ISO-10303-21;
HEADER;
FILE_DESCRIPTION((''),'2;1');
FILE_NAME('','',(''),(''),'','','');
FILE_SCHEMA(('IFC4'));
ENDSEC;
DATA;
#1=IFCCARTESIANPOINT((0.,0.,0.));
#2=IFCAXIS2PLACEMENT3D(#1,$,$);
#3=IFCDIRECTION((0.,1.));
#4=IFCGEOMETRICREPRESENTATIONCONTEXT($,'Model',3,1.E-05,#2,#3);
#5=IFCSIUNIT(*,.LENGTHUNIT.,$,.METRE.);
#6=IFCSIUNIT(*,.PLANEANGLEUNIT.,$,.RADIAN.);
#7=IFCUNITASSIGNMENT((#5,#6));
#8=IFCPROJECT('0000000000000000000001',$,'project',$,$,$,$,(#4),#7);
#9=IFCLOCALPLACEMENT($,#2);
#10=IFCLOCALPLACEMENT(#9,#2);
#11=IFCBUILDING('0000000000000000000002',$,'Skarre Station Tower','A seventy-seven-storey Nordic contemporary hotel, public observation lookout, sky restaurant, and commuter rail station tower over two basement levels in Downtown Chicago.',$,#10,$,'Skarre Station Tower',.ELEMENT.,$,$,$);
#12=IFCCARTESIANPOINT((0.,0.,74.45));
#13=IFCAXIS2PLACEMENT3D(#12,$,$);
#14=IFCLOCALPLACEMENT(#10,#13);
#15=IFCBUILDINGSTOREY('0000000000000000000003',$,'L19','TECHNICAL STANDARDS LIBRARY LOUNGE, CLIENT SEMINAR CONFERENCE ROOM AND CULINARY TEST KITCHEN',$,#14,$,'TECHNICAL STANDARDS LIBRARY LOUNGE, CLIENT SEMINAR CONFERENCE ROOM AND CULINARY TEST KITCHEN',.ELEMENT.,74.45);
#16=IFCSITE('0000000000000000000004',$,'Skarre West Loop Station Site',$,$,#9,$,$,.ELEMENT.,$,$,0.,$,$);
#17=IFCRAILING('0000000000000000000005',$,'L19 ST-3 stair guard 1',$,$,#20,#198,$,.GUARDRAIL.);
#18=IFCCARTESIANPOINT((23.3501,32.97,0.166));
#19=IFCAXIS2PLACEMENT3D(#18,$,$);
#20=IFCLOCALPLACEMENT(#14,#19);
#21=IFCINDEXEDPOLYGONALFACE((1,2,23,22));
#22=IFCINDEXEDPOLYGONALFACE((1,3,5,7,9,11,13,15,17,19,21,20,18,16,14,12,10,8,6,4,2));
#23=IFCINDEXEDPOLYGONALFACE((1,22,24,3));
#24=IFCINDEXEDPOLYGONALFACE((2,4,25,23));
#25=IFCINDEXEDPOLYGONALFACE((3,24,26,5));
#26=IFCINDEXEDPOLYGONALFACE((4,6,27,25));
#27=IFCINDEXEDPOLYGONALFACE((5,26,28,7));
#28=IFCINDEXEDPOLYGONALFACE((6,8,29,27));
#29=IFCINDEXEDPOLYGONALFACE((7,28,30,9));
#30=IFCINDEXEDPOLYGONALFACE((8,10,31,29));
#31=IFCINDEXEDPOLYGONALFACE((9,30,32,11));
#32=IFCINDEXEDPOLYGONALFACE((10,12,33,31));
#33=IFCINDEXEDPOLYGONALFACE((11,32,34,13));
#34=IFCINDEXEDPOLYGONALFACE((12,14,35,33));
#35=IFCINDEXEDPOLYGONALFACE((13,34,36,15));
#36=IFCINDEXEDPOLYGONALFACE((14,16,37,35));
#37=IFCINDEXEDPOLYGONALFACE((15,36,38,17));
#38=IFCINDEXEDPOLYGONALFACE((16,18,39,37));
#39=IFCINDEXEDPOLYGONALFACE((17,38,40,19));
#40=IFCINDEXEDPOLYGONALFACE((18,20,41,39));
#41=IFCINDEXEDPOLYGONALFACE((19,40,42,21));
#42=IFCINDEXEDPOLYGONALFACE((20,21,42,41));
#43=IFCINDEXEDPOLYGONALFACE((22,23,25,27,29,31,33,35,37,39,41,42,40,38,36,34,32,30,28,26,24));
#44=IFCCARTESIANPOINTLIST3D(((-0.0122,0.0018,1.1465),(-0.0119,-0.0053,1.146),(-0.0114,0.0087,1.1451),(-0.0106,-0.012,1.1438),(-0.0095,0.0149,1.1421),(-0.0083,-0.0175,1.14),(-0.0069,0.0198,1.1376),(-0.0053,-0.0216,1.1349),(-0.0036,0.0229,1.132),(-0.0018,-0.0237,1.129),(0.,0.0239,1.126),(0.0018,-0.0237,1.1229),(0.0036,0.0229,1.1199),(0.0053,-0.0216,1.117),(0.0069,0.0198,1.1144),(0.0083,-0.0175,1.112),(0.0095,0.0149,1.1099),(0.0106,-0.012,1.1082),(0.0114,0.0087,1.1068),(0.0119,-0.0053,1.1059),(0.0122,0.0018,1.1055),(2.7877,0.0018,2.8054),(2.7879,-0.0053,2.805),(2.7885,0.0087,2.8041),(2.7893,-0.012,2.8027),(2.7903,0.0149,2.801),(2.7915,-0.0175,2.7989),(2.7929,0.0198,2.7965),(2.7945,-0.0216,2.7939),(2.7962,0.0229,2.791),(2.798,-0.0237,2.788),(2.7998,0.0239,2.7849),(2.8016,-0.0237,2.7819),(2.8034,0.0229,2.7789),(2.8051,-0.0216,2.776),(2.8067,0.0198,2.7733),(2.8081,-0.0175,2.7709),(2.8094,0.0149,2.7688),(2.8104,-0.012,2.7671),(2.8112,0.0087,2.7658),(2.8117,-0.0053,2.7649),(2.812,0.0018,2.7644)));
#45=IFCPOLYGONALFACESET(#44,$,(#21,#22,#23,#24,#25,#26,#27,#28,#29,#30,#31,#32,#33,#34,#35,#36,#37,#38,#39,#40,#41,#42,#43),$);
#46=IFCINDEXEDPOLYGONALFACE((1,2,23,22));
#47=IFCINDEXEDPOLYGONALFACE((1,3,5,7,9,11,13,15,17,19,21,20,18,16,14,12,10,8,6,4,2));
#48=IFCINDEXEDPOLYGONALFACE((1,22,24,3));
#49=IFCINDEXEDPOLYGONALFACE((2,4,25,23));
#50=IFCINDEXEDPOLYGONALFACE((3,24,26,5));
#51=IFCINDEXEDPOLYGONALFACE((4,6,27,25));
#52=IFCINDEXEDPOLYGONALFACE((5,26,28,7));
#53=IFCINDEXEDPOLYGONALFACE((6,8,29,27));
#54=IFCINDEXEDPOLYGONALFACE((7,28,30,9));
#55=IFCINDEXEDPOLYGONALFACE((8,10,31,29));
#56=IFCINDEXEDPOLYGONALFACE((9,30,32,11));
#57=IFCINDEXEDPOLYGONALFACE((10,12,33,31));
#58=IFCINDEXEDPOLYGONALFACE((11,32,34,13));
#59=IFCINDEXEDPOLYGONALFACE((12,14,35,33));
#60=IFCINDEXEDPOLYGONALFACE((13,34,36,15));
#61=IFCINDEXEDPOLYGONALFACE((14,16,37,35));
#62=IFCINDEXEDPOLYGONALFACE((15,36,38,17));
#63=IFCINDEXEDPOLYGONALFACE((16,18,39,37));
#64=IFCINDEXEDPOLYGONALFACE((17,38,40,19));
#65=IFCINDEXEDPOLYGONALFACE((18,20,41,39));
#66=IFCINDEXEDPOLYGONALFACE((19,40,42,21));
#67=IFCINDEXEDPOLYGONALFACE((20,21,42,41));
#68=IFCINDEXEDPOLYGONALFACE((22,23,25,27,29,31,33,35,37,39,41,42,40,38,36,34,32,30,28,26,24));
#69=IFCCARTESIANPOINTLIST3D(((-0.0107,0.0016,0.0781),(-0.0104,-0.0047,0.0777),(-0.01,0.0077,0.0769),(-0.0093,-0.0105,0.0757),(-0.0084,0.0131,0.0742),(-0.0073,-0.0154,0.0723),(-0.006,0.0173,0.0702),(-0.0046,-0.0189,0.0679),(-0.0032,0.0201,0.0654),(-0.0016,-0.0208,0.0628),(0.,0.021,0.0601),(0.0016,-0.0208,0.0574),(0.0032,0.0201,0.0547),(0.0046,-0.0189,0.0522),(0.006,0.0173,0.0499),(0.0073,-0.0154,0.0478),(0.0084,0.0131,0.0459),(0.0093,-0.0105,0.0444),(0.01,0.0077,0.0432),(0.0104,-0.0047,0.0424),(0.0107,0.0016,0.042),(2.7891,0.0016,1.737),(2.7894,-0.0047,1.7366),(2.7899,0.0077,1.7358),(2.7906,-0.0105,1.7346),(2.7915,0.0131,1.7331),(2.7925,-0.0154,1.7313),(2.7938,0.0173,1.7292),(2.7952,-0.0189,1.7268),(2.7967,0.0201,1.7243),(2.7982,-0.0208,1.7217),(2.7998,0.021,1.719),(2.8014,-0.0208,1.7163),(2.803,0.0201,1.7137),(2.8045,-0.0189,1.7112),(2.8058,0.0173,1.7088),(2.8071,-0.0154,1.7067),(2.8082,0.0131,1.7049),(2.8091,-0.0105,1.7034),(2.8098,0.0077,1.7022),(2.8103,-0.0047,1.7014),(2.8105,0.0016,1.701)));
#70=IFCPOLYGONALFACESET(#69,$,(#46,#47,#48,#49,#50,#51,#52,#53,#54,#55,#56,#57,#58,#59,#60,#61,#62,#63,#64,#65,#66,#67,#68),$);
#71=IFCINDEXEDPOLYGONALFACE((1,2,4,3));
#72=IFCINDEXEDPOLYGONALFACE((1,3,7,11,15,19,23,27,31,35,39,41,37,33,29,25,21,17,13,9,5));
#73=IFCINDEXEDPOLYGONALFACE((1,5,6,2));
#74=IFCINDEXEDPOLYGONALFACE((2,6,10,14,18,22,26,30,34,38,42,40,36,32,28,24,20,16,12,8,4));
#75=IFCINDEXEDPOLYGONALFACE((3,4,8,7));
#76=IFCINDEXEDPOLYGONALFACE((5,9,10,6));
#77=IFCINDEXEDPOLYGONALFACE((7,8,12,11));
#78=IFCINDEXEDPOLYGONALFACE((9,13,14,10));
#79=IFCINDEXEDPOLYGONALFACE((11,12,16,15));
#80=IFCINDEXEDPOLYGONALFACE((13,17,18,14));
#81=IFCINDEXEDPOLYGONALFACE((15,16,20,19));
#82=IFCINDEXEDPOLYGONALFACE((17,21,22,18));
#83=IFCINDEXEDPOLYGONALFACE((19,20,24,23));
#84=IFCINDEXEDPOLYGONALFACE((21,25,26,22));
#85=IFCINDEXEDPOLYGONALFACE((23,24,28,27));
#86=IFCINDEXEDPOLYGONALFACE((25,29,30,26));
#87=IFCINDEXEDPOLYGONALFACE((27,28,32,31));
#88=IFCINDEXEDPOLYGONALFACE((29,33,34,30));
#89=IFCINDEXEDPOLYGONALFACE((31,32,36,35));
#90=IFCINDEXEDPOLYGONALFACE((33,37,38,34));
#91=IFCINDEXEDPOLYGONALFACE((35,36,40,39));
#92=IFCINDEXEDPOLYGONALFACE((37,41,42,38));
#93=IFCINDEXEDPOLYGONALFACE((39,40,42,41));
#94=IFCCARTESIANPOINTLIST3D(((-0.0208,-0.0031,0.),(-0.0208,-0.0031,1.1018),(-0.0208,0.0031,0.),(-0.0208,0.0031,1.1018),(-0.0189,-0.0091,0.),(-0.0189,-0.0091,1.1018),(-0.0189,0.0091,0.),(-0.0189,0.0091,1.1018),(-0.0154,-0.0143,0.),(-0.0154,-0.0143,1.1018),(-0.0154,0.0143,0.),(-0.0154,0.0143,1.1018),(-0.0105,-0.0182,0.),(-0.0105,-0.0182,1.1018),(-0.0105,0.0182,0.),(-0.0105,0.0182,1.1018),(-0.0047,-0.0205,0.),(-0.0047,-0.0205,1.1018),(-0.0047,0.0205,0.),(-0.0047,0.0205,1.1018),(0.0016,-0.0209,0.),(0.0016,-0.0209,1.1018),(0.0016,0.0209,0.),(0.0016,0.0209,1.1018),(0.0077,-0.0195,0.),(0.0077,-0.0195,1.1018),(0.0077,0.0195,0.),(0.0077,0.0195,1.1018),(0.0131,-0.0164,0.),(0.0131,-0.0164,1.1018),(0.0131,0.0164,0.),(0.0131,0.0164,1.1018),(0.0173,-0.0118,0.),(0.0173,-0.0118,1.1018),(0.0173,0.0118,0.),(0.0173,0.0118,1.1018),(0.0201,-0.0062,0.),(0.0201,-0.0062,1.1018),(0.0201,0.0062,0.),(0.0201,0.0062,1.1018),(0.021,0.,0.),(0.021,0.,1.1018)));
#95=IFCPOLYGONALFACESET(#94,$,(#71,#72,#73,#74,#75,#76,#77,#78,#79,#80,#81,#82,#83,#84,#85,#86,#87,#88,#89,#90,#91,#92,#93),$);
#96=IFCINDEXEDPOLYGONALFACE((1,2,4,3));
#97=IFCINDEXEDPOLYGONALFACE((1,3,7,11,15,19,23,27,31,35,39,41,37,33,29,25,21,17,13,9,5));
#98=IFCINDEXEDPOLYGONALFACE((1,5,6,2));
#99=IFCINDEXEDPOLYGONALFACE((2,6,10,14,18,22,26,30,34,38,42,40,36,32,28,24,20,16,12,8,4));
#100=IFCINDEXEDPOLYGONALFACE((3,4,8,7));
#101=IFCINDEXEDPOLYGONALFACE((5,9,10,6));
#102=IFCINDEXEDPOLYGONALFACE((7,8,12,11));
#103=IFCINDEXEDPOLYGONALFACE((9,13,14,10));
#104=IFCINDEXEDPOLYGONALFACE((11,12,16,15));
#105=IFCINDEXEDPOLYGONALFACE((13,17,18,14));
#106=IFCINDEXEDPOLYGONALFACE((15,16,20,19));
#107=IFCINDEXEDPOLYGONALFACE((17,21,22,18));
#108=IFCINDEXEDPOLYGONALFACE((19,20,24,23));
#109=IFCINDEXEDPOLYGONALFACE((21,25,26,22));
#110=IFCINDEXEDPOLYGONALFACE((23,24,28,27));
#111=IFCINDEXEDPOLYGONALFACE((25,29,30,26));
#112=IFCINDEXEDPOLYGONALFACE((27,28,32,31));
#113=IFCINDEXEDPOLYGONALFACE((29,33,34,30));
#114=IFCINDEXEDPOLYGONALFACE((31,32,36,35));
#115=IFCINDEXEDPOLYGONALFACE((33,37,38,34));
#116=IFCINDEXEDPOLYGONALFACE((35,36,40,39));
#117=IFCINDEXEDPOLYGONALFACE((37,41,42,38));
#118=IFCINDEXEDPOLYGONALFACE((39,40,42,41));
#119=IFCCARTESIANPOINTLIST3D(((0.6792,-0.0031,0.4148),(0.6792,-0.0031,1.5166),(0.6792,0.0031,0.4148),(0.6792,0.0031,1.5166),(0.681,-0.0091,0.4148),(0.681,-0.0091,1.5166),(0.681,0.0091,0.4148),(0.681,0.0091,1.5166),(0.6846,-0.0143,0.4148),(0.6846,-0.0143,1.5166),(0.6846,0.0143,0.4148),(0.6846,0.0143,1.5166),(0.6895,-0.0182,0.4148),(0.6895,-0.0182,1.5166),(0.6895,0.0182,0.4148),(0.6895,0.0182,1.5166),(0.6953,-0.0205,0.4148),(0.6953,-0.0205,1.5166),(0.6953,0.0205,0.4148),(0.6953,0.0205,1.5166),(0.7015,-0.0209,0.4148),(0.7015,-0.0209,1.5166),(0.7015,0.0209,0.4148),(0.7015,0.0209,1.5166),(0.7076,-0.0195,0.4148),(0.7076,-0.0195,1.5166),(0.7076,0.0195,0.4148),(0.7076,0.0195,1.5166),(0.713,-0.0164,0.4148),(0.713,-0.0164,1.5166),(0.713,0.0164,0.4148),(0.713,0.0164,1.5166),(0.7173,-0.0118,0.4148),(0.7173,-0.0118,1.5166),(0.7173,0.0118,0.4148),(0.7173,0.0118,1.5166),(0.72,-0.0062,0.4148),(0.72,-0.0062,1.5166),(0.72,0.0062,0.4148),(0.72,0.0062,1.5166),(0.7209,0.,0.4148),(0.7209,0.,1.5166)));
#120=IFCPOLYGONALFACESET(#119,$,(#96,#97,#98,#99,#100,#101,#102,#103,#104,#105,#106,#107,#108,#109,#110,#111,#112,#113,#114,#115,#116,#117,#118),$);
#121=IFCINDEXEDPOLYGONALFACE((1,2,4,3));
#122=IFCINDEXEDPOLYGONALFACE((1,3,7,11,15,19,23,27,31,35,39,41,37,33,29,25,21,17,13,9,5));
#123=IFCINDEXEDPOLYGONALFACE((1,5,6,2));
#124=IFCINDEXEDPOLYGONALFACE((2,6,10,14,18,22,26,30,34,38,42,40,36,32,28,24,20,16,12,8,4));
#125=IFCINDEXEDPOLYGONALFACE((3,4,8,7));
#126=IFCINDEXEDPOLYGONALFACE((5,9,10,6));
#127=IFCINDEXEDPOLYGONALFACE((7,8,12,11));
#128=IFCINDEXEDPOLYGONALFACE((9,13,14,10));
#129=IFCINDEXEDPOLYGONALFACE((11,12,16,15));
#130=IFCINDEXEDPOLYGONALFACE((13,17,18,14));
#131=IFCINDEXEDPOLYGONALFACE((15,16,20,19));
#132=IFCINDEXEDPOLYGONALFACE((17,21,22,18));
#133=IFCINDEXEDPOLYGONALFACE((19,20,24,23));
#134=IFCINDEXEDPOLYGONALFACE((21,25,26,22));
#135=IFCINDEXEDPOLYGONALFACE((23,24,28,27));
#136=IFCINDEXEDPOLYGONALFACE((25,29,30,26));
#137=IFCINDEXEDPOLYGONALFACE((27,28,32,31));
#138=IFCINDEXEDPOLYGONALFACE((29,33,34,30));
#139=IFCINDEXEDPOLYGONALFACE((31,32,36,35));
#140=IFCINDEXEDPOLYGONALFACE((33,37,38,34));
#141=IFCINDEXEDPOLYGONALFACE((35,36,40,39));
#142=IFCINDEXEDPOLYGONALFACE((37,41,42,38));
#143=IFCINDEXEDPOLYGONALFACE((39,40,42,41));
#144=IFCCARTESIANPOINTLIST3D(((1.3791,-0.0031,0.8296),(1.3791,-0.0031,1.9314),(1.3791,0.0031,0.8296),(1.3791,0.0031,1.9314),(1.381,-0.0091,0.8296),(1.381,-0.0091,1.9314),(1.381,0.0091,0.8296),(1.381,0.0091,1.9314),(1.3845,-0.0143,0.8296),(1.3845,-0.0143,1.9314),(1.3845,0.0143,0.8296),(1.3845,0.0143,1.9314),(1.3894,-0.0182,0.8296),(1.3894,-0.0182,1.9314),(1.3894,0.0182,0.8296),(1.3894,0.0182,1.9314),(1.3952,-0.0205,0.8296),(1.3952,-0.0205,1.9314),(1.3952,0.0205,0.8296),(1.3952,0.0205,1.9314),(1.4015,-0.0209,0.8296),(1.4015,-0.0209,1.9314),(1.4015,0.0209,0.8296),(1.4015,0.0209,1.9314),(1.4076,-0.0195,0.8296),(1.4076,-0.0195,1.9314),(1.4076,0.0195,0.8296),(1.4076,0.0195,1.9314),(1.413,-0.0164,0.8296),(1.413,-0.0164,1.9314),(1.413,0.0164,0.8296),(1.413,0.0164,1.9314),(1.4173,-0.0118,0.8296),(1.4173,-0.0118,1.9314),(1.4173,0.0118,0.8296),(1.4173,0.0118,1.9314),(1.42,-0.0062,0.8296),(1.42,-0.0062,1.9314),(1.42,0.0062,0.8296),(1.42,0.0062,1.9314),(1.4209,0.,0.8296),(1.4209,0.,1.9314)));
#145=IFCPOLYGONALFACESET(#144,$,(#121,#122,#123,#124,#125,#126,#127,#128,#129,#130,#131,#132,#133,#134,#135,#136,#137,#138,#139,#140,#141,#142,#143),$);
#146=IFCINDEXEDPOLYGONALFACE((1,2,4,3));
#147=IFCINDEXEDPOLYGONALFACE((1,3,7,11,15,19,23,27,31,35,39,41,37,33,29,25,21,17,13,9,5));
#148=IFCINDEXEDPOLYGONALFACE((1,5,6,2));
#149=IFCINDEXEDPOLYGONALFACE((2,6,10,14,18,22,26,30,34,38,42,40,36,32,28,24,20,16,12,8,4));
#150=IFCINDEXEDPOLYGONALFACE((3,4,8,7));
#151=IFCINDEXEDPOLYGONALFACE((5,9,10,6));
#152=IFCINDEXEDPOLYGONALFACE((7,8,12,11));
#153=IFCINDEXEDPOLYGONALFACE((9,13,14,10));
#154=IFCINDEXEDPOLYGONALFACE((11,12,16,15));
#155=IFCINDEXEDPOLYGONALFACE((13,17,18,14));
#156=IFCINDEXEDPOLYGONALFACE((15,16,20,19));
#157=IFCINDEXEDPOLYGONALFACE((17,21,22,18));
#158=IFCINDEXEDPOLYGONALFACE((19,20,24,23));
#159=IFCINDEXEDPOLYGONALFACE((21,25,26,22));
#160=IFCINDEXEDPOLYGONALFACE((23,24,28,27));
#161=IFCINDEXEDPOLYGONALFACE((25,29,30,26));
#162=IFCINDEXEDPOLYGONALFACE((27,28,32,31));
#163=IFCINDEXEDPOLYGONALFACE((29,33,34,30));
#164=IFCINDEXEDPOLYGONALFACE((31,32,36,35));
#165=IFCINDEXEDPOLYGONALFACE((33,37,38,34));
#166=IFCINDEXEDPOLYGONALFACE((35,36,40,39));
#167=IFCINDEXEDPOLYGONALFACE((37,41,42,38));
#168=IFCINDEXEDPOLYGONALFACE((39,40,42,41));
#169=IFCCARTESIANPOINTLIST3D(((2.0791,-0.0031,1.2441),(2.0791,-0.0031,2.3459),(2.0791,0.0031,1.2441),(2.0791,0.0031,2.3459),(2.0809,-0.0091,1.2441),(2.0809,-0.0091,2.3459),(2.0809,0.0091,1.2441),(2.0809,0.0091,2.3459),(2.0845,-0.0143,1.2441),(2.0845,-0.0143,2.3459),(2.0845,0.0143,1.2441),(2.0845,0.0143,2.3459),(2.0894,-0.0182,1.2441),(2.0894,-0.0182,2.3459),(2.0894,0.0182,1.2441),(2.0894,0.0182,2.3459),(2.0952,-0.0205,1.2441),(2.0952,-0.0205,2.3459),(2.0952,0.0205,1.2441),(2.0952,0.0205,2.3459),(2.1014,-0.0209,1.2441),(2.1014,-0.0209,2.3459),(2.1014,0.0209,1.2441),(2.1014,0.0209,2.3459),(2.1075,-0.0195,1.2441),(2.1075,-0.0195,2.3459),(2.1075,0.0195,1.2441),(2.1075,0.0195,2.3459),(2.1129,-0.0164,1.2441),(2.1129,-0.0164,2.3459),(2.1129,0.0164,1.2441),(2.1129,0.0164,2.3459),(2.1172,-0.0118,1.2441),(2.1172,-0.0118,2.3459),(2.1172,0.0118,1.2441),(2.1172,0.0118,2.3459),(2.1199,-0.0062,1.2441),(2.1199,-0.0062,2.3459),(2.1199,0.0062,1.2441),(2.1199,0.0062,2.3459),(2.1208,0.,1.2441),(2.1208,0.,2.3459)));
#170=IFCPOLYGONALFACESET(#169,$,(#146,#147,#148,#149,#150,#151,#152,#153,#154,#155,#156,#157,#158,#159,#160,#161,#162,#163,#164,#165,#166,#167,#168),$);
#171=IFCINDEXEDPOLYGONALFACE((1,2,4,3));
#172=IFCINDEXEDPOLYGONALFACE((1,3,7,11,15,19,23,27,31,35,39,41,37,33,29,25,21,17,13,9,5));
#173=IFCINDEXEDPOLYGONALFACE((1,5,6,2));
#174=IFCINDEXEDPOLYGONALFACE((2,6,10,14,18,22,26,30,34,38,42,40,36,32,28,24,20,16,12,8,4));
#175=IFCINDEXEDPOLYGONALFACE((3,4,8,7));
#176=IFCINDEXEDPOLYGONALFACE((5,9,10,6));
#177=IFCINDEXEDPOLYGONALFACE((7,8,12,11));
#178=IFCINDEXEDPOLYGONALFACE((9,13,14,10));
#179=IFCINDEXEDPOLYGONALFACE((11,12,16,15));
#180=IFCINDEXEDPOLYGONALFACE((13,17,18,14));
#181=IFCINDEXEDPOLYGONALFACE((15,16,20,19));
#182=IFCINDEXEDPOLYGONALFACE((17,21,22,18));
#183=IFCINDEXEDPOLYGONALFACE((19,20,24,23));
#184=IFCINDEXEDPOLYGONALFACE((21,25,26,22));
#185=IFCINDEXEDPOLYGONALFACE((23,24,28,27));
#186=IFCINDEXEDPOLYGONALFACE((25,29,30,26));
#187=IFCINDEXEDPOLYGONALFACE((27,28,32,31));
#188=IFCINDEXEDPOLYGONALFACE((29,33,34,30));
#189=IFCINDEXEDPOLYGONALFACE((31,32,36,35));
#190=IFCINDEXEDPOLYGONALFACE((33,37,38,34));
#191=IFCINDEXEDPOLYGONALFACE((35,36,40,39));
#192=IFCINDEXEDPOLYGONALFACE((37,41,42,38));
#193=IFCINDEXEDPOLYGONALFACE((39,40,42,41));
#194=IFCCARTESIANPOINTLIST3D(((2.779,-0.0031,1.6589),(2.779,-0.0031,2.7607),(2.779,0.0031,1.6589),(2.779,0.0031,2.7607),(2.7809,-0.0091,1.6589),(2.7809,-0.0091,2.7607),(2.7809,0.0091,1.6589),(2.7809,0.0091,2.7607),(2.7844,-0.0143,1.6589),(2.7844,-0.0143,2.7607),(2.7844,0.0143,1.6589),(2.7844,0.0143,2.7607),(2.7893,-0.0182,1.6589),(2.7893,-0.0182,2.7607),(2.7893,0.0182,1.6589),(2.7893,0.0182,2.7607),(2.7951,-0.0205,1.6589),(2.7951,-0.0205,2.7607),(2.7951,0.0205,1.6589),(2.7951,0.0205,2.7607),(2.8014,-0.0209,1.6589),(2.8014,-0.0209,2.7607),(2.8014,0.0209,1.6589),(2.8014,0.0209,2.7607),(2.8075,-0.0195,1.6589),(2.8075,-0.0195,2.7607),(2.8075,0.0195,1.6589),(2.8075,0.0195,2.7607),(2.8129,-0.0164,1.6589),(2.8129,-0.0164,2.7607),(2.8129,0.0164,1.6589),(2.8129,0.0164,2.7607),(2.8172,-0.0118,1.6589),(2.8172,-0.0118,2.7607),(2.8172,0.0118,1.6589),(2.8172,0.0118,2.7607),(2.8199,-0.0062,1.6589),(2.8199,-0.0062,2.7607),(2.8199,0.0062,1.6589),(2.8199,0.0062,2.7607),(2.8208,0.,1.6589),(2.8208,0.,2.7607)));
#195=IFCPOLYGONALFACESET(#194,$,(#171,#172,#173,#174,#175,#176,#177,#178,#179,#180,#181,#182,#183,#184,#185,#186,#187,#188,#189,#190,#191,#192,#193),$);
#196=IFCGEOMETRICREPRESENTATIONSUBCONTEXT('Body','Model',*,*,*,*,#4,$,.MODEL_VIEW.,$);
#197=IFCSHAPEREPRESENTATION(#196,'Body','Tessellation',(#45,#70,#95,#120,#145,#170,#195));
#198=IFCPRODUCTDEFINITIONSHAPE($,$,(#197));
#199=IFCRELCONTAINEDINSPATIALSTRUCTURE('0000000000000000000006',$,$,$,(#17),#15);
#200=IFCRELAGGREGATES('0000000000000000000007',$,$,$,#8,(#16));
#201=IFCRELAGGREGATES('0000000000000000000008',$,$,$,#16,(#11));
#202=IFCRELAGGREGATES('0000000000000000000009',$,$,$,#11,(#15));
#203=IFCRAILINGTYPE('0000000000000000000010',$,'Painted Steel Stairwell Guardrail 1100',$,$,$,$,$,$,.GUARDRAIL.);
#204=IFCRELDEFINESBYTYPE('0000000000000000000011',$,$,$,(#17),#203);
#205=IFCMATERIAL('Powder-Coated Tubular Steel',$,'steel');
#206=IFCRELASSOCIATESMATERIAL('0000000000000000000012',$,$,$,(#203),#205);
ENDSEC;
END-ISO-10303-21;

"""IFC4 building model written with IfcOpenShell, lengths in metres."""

from ifc_helpers import new_model, si_unit, direction, frame, origin, origin_2d, place, context, subcontext, project, spatial, circle, extrude, material, type_object, element, save


model = new_model("IFC4")

# Units and contexts
model_context = context("Model", 3, precision=1e-05, world=origin(), true_north=direction((0.0, 1.0)))
body_context = subcontext(model_context, "Body", "Model", "MODEL_VIEW")
ifc_project = project(units=[si_unit("LENGTHUNIT", "METRE"), si_unit("PLANEANGLEUNIT", "RADIAN")], contexts=[model_context])

# Site, building, storey
site_placement = place(None, origin())
site = spatial("IfcSite", under=ifc_project, at=site_placement, Name="Skarre West Loop Station Site", CompositionType="ELEMENT", RefElevation=0.0)
building_placement = place(site_placement, origin())
building = spatial("IfcBuilding", under=site, at=building_placement, Name="Skarre Station Tower", Description="A seventy-seven-storey Nordic contemporary hotel, public observation lookout, sky restaurant, and commuter rail station tower over two basement levels in Downtown Chicago.", LongName="Skarre Station Tower", CompositionType="ELEMENT")
storey_placement = place(building_placement, frame((0.0, 0.0, 74.45)))
storey = spatial("IfcBuildingStorey", under=building, at=storey_placement, Name="L19", Description="TECHNICAL STANDARDS LIBRARY LOUNGE, CLIENT SEMINAR CONFERENCE ROOM AND CULINARY TEST KITCHEN", LongName="TECHNICAL STANDARDS LIBRARY LOUNGE, CLIENT SEMINAR CONFERENCE ROOM AND CULINARY TEST KITCHEN", CompositionType="ELEMENT", Elevation=74.45)

# Railing
ifc_material_1 = material(Name="Powder-Coated Tubular Steel", Category="steel")
railing_type_1 = type_object("IfcRailingType", Name="Painted Steel Stairwell Guardrail 1100", PredefinedType="GUARDRAIL", material=ifc_material_1)
railing_1_placement = place(storey_placement, frame((23.3501, 32.97, 0.166)))
element("IfcRailing", 1, at=railing_1_placement, inside=storey, type_object=railing_type_1, Name="L19 ST-3 stair guard 1", PredefinedType="GUARDRAIL", context=body_context, shape_type="SweptSolid", body=[
    extrude(circle(Radius=0.0239, at=origin_2d()), frame((0.0, 0.0, 1.126), z_axis=(0.86032, 0.0, 0.509755), x_axis=(0.0, 1.0, 0.0)), (0.0, 0.0, 1.0), 3.2544),
    extrude(circle(Radius=0.021, at=origin_2d()), frame((0.0, 0.0, 0.0601), z_axis=(0.86032, 0.0, 0.509755), x_axis=(0.0, 1.0, 0.0)), (0.0, 0.0, 1.0), 3.2544),
    extrude(circle(Radius=0.021, at=origin_2d()), origin(), (0.0, 0.0, 1.0), 1.1018),
    extrude(circle(Radius=0.021, at=origin_2d()), frame((0.7, 0.0, 0.4148)), (0.0, 0.0, 1.0), 1.1018),
    extrude(circle(Radius=0.021, at=origin_2d()), frame((1.3999, 0.0, 0.8296)), (0.0, 0.0, 1.0), 1.1018),
    extrude(circle(Radius=0.021, at=origin_2d()), frame((2.0999, 0.0, 1.2441)), (0.0, 0.0, 1.0), 1.1018),
    extrude(circle(Radius=0.021, at=origin_2d()), frame((2.7998, 0.0, 1.6589)), (0.0, 0.0, 1.0), 1.1018),
])

save(model, "model.ifc")
